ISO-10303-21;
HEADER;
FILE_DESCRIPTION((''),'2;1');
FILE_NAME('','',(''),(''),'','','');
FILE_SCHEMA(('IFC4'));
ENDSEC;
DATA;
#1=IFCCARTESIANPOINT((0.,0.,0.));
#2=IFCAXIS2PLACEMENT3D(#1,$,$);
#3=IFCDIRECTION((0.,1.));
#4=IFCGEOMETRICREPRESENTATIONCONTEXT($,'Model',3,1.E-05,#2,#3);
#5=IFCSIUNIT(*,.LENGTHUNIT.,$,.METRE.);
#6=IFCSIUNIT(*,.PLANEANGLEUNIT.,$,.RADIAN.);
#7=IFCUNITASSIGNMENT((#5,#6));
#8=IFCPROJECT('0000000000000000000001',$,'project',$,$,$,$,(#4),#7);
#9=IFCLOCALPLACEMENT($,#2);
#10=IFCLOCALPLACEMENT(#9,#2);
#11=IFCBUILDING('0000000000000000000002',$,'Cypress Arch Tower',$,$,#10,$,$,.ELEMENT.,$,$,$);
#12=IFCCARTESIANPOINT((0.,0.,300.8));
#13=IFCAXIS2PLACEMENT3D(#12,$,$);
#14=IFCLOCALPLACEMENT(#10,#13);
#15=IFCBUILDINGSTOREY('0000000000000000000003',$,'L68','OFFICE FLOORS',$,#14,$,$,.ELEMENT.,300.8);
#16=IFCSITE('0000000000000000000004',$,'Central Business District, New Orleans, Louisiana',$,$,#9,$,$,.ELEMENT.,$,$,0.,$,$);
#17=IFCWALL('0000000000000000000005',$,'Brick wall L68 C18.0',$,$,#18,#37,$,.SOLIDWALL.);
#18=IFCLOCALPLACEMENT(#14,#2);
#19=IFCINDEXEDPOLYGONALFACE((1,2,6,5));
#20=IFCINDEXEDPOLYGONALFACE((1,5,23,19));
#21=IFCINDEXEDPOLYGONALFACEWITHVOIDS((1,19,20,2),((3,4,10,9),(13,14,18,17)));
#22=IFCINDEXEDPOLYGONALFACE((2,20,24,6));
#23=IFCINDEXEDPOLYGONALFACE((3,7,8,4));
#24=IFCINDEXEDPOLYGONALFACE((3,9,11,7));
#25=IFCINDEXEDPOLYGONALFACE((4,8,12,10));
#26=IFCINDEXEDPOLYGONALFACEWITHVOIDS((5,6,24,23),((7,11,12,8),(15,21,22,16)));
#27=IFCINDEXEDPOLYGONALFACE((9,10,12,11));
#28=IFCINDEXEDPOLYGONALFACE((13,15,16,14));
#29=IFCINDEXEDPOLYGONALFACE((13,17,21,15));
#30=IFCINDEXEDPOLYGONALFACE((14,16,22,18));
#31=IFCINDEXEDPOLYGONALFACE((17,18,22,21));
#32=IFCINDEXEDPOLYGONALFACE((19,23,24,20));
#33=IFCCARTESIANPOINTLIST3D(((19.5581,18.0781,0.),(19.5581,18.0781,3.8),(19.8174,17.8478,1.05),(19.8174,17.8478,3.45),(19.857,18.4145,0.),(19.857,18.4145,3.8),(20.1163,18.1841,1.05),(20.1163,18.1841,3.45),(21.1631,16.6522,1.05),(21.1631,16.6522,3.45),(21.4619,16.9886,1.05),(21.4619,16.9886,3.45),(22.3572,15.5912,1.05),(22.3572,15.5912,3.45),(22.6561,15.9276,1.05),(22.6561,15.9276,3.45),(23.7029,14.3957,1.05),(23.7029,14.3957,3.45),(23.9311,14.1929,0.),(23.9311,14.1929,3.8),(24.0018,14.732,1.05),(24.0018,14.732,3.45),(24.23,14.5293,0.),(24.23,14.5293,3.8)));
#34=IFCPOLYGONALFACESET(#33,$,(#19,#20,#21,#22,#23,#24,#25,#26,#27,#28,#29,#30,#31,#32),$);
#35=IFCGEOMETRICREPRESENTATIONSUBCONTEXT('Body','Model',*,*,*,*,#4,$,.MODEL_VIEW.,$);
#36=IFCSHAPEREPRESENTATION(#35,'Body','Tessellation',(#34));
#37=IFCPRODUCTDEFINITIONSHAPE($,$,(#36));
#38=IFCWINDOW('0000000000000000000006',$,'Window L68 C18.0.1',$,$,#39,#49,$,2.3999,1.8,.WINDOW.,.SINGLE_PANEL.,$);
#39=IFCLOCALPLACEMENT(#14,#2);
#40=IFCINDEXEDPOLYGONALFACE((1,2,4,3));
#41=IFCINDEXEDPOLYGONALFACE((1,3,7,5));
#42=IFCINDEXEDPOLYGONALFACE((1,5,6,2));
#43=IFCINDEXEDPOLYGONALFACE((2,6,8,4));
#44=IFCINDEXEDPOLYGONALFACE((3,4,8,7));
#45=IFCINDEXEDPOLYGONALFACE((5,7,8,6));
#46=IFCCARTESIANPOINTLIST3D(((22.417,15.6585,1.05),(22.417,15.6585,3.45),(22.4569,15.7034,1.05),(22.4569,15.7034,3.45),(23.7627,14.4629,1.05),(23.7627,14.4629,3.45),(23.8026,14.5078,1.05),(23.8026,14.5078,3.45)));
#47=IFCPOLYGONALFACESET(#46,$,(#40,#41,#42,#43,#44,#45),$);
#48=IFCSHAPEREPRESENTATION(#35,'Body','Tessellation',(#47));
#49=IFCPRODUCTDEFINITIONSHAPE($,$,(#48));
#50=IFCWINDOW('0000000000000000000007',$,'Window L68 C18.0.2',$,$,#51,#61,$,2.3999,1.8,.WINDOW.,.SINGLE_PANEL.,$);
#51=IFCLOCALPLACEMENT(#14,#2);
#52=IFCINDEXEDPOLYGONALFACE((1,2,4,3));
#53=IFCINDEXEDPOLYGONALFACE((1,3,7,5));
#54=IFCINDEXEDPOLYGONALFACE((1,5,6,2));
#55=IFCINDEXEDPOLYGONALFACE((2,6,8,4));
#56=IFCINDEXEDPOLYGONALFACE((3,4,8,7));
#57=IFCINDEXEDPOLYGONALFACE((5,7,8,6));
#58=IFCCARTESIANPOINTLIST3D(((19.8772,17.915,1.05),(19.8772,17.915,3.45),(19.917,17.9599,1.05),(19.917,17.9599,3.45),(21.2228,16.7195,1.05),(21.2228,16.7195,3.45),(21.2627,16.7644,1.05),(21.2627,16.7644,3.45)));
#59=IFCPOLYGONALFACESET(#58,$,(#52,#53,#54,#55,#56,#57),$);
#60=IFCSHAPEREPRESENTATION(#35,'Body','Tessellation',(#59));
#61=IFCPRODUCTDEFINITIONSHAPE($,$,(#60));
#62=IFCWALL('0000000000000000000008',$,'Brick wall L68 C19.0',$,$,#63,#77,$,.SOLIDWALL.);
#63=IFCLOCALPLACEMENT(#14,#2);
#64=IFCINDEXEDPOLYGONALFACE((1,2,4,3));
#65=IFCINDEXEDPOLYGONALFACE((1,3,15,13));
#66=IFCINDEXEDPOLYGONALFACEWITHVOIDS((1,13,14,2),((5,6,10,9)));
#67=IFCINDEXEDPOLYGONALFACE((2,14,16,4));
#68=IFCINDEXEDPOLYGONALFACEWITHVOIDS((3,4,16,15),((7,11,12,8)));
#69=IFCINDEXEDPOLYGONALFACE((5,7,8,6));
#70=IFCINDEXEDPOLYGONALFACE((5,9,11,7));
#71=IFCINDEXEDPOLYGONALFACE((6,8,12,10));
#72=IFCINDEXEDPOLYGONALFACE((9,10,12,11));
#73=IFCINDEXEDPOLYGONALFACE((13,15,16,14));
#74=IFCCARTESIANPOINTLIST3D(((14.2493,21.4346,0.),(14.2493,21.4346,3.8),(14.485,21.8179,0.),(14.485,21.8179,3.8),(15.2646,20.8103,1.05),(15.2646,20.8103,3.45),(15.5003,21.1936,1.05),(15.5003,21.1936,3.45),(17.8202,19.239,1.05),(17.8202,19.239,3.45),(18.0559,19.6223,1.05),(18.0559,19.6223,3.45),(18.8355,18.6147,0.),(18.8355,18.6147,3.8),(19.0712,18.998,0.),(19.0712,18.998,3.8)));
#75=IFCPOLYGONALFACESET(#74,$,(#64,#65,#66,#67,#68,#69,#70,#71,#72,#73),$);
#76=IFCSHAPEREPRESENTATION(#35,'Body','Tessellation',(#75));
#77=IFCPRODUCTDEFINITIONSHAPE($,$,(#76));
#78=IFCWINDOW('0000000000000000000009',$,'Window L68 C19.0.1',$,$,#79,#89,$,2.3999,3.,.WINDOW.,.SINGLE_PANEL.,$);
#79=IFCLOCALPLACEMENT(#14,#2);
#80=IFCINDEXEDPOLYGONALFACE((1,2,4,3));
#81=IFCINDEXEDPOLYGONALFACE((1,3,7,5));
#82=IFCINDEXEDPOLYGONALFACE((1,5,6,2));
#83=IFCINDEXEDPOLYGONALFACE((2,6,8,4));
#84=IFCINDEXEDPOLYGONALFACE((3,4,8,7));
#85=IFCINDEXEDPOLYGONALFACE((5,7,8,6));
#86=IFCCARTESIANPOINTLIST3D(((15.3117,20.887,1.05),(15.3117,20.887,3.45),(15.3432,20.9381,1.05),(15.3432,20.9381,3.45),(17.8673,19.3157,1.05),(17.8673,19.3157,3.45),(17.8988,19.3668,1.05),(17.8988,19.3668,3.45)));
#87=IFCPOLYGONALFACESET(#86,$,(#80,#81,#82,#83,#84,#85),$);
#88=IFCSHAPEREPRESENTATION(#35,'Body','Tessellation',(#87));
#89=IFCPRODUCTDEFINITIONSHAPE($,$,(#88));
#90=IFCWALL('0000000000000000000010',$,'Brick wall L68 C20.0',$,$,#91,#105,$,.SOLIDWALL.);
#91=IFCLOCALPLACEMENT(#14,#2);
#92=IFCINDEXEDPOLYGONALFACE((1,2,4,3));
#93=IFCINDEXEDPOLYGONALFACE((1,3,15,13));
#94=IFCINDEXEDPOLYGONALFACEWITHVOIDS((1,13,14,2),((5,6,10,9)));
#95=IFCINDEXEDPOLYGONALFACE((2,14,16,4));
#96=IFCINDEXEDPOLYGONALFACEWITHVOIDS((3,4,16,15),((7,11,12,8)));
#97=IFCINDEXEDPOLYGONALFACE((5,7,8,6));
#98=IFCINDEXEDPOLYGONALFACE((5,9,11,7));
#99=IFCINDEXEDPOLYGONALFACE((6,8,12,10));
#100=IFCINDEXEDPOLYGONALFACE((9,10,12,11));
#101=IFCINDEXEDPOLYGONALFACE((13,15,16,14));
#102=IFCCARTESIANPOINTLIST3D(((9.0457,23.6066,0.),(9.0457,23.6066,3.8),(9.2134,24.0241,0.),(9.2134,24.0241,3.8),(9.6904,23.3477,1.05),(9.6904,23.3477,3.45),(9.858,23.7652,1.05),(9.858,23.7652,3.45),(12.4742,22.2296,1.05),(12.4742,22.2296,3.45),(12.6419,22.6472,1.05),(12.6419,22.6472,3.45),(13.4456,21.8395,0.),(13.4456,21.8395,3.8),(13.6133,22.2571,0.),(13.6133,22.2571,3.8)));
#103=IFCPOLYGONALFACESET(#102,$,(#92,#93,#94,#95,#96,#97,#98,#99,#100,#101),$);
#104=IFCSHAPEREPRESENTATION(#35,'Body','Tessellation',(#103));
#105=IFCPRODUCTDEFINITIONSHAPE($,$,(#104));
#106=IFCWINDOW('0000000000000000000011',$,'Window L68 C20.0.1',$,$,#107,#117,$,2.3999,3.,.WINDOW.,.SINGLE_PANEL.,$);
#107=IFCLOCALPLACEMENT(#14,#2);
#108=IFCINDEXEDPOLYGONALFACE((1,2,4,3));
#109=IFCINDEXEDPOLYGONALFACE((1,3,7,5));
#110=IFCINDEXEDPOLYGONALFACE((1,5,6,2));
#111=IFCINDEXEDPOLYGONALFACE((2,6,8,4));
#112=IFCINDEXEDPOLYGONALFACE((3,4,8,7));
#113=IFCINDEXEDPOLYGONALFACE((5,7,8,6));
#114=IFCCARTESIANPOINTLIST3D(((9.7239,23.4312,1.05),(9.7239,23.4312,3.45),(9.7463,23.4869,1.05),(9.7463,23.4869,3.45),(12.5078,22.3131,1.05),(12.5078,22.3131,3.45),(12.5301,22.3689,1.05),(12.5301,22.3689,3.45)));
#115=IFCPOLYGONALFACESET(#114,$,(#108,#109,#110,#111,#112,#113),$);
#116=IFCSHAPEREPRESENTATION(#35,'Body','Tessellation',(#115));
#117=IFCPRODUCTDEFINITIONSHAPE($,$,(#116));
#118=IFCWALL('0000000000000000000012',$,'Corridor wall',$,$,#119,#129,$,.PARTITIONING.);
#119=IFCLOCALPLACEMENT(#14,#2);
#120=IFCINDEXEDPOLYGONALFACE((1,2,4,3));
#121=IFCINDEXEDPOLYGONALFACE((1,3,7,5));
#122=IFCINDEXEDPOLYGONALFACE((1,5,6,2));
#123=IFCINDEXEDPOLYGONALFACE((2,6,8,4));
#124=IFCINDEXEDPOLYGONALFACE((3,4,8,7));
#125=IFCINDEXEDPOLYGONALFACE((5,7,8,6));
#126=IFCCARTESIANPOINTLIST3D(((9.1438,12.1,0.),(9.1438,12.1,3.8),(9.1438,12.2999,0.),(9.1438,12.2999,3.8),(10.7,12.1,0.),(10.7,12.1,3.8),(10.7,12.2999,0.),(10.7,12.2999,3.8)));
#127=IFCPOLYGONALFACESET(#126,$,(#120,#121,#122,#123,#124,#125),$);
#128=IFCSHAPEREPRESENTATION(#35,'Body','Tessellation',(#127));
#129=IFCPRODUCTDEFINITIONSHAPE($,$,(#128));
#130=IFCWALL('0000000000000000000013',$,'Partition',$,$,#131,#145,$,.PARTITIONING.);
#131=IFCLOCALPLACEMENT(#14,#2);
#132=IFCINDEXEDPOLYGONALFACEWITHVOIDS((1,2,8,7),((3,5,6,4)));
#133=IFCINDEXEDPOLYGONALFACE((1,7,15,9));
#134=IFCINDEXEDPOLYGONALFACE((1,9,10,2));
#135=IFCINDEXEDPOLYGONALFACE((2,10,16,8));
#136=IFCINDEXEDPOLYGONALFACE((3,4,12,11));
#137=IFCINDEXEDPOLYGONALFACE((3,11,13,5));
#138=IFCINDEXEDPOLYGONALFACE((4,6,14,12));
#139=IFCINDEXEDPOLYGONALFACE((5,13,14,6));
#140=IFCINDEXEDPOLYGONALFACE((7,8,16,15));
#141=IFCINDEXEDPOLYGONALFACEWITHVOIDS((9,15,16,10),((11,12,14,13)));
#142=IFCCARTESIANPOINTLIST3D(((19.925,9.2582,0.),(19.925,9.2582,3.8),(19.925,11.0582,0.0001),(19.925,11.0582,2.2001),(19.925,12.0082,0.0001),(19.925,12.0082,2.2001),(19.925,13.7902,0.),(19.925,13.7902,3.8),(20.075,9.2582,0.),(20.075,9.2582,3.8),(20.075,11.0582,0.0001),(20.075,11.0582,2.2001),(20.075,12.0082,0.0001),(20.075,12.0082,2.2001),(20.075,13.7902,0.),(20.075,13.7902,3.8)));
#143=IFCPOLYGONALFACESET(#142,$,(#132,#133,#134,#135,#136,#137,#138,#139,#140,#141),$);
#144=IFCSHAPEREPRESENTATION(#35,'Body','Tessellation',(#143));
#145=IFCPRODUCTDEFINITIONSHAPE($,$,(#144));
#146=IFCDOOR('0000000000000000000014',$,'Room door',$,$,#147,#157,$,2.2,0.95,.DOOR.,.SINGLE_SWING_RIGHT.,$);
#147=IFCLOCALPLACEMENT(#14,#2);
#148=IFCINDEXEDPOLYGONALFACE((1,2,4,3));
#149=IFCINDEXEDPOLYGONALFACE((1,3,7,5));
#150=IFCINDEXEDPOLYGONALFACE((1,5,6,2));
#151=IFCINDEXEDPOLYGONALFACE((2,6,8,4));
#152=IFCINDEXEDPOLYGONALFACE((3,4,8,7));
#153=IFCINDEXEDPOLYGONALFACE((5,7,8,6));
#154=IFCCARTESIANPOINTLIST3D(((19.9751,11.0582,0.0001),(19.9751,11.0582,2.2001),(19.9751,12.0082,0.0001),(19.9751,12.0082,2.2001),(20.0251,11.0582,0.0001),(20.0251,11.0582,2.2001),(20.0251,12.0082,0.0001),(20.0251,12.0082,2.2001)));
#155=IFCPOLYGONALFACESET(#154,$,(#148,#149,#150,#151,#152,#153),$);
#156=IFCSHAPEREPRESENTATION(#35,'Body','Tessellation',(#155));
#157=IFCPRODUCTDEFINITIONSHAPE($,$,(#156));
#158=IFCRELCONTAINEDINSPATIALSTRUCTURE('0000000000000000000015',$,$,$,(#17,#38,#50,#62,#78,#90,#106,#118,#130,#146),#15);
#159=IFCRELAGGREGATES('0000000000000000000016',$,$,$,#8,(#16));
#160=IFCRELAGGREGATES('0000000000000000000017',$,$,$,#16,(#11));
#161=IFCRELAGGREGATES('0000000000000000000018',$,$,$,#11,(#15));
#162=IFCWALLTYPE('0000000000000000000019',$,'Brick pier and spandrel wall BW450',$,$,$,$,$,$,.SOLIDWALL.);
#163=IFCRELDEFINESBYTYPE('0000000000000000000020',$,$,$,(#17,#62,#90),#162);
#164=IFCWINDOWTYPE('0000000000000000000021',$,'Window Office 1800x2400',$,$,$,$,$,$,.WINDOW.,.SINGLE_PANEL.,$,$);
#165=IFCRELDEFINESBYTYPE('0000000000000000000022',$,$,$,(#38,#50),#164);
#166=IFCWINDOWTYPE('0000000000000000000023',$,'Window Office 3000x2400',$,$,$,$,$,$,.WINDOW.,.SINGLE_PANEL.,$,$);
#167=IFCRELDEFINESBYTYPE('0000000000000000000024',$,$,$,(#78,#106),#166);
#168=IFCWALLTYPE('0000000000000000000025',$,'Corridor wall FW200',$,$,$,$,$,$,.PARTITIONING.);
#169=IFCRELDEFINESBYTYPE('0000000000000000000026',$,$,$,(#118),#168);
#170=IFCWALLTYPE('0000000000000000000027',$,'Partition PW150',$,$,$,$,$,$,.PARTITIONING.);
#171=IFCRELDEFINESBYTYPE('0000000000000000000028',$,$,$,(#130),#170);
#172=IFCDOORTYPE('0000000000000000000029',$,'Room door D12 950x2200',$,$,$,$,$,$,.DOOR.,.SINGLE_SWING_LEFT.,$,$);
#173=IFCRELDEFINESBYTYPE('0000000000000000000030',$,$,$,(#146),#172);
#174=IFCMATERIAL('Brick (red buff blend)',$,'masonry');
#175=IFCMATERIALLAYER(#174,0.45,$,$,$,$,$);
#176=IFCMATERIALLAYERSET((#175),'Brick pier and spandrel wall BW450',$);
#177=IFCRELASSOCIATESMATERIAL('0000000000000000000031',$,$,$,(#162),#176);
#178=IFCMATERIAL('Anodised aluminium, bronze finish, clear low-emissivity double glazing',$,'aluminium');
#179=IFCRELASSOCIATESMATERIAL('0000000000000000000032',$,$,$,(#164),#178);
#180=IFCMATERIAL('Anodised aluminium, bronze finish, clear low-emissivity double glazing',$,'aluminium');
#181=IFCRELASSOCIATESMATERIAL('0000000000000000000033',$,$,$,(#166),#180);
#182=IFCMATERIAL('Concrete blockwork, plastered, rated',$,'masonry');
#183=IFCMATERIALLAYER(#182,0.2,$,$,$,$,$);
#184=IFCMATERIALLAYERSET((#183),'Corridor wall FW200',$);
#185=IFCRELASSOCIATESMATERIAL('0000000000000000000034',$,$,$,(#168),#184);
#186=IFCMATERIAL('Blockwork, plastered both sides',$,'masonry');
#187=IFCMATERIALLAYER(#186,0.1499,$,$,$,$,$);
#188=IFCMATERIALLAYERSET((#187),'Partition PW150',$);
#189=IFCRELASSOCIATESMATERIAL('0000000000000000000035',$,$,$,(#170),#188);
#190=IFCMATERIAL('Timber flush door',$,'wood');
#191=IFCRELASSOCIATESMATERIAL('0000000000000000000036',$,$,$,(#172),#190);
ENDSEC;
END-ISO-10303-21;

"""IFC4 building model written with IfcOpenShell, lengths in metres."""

from ifc_helpers import new_model, si_unit, direction, frame, frame_2d, origin, place, context, subcontext, project, spatial, rectangle, extrude, material, layer, layer_set, type_object, element, fill, save


model = new_model("IFC4")

# Units and contexts
model_context = context("Model", 3, precision=1e-05, world=origin(), true_north=direction((0.0, 1.0)))
body_context = subcontext(model_context, "Body", "Model", "MODEL_VIEW")
ifc_project = project(units=[si_unit("LENGTHUNIT", "METRE"), si_unit("PLANEANGLEUNIT", "RADIAN")], contexts=[model_context])

# Site, building, storey
site_placement = place(None, origin())
site = spatial("IfcSite", under=ifc_project, at=site_placement, Name="Central Business District, New Orleans, Louisiana", CompositionType="ELEMENT", RefElevation=0.0)
building_placement = place(site_placement, origin())
building = spatial("IfcBuilding", under=site, at=building_placement, Name="Cypress Arch Tower", CompositionType="ELEMENT")
storey_placement = place(building_placement, frame((0.0, 0.0, 300.8)))
storey = spatial("IfcBuildingStorey", under=building, at=storey_placement, Name="L68", Description="OFFICE FLOORS", CompositionType="ELEMENT", Elevation=300.8)

# Wall, openings, windows
ifc_material_1 = material(Name="Brick (red buff blend)", Category="masonry")
ifc_layer_1 = layer(ifc_material_1, 0.45)
ifc_layer_set_1 = layer_set([ifc_layer_1], Name="Brick pier and spandrel wall BW450")
wall_type_1 = type_object("IfcWallType", Name="Brick pier and spandrel wall BW450", PredefinedType="SOLIDWALL", material=ifc_layer_set_1)
wall_1_placement = place(storey_placement, frame((24.0806, 14.3611, 0.0), z_axis=(0.0, 0.0, 1.0), x_axis=(-0.74757, 0.664182, 0.0)))
wall_1 = element("IfcWall", 1, at=wall_1_placement, inside=storey, type_object=wall_type_1, Name="Brick wall L68 C18.0", PredefinedType="SOLIDWALL", context=body_context, shape_type="SweptSolid", body=[
    extrude(rectangle(XDim=5.8496, YDim=0.45, at=frame_2d((2.9248, 0.0))), origin(), (0.0, 0.0, 1.0), 3.8),
])
opening_1_placement = place(wall_1_placement, frame((0.3054, 0.0, 1.05)))
opening_1 = element("IfcOpeningElement", 2, at=opening_1_placement, cuts=wall_1, PredefinedType="OPENING", context=body_context, shape_type="SweptSolid", body=[
    extrude(rectangle(XDim=1.8, YDim=2.3999, at=frame_2d((0.8999, 1.2))), frame((0.0, 0.2349, 0.0), z_axis=(0.0, -1.0, 0.0), x_axis=(1.0, 0.0, 0.0)), (0.0, 0.0, 1.0), 0.47),
])
opening_2_placement = place(wall_1_placement, frame((3.7029, 0.0, 1.05)))
opening_2 = element("IfcOpeningElement", 3, at=opening_2_placement, cuts=wall_1, PredefinedType="OPENING", context=body_context, shape_type="SweptSolid", body=[
    extrude(rectangle(XDim=1.8, YDim=2.3999, at=frame_2d((0.8999, 1.2))), frame((0.0, 0.2349, 0.0), z_axis=(0.0, -1.0, 0.0), x_axis=(1.0, 0.0, 0.0)), (0.0, 0.0, 1.0), 0.47),
])
ifc_material_2 = material(Name="Anodised aluminium, bronze finish, clear low-emissivity double glazing", Category="aluminium")
window_type_1 = type_object("IfcWindowType", Name="Window Office 1800x2400", PartitioningType="SINGLE_PANEL", PredefinedType="WINDOW", material=ifc_material_2)
window_1_placement = place(opening_1_placement, origin())
window_1 = element("IfcWindow", 4, at=window_1_placement, inside=storey, type_object=window_type_1, Name="Window L68 C18.0.1", OverallHeight=2.3999, OverallWidth=1.8, PartitioningType="SINGLE_PANEL", PredefinedType="WINDOW", context=body_context, shape_type="SweptSolid", body=[
    extrude(rectangle(XDim=1.8, YDim=2.3999, at=frame_2d((0.8999, 1.2))), frame((0.0, 0.135, 0.0), z_axis=(0.0, -1.0, 0.0), x_axis=(1.0, 0.0, 0.0)), (0.0, 0.0, 1.0), 0.0601),
])
fill(opening_1, window_1)
window_2_placement = place(opening_2_placement, origin())
window_2 = element("IfcWindow", 5, at=window_2_placement, inside=storey, type_object=window_type_1, Name="Window L68 C18.0.2", OverallHeight=2.3999, OverallWidth=1.8, PartitioningType="SINGLE_PANEL", PredefinedType="WINDOW", context=body_context, shape_type="SweptSolid", body=[
    extrude(rectangle(XDim=1.8, YDim=2.3999, at=frame_2d((0.8999, 1.2))), frame((0.0, 0.135, 0.0), z_axis=(0.0, -1.0, 0.0), x_axis=(1.0, 0.0, 0.0)), (0.0, 0.0, 1.0), 0.0601),
])
fill(opening_2, window_2)

# Walls, openings, windows
wall_2_placement = place(storey_placement, frame((18.9534, 18.8064, 0.0), z_axis=(0.0, 0.0, 1.0), x_axis=(-0.851861, 0.523768, 0.0)))
wall_2 = element("IfcWall", 6, at=wall_2_placement, inside=storey, type_object=wall_type_1, Name="Brick wall L68 C19.0", PredefinedType="SOLIDWALL", context=body_context, shape_type="SweptSolid", body=[
    extrude(rectangle(XDim=5.3838, YDim=0.45, at=frame_2d((2.6919, 0.0))), origin(), (0.0, 0.0, 1.0), 3.8),
])
opening_3_placement = place(wall_2_placement, frame((1.1919, 0.0, 1.05)))
opening_3 = element("IfcOpeningElement", 7, at=opening_3_placement, cuts=wall_2, PredefinedType="OPENING", context=body_context, shape_type="SweptSolid", body=[
    extrude(rectangle(XDim=3.0, YDim=2.3999, at=frame_2d((1.5, 1.2))), frame((0.0, 0.2349, 0.0), z_axis=(0.0, -1.0, 0.0), x_axis=(1.0, 0.0, 0.0)), (0.0, 0.0, 1.0), 0.47),
])
ifc_material_3 = material(Name="Anodised aluminium, bronze finish, clear low-emissivity double glazing", Category="aluminium")
window_type_2 = type_object("IfcWindowType", Name="Window Office 3000x2400", PartitioningType="SINGLE_PANEL", PredefinedType="WINDOW", material=ifc_material_3)
window_3_placement = place(opening_3_placement, origin())
window_3 = element("IfcWindow", 8, at=window_3_placement, inside=storey, type_object=window_type_2, Name="Window L68 C19.0.1", OverallHeight=2.3999, OverallWidth=3.0, PartitioningType="SINGLE_PANEL", PredefinedType="WINDOW", context=body_context, shape_type="SweptSolid", body=[
    extrude(rectangle(XDim=3.0, YDim=2.3999, at=frame_2d((1.5, 1.2))), frame((0.0, 0.135, 0.0), z_axis=(0.0, -1.0, 0.0), x_axis=(1.0, 0.0, 0.0)), (0.0, 0.0, 1.0), 0.0601),
])
fill(opening_3, window_3)
wall_3_placement = place(storey_placement, frame((13.5293, 22.0483, 0.0), z_axis=(0.0, 0.0, 1.0), x_axis=(-0.927957, 0.372686, 0.0)))
wall_3 = element("IfcWall", 9, at=wall_3_placement, inside=storey, type_object=wall_type_1, Name="Brick wall L68 C20.0", PredefinedType="SOLIDWALL", context=body_context, shape_type="SweptSolid", body=[
    extrude(rectangle(XDim=4.7415, YDim=0.45, at=frame_2d((2.3706, 0.0))), origin(), (0.0, 0.0, 1.0), 3.8),
])
opening_4_placement = place(wall_3_placement, frame((1.0466, 0.0, 1.05)))
opening_4 = element("IfcOpeningElement", 10, at=opening_4_placement, cuts=wall_3, PredefinedType="OPENING", context=body_context, shape_type="SweptSolid", body=[
    extrude(rectangle(XDim=3.0, YDim=2.3999, at=frame_2d((1.5, 1.2))), frame((0.0, 0.2349, 0.0), z_axis=(0.0, -1.0, 0.0), x_axis=(1.0, 0.0, 0.0)), (0.0, 0.0, 1.0), 0.47),
])
window_4_placement = place(opening_4_placement, origin())
window_4 = element("IfcWindow", 11, at=window_4_placement, inside=storey, type_object=window_type_2, Name="Window L68 C20.0.1", OverallHeight=2.3999, OverallWidth=3.0, PartitioningType="SINGLE_PANEL", PredefinedType="WINDOW", context=body_context, shape_type="SweptSolid", body=[
    extrude(rectangle(XDim=3.0, YDim=2.3999, at=frame_2d((1.5, 1.2))), frame((0.0, 0.135, 0.0), z_axis=(0.0, -1.0, 0.0), x_axis=(1.0, 0.0, 0.0)), (0.0, 0.0, 1.0), 0.0601),
])
fill(opening_4, window_4)

# Wall
ifc_material_4 = material(Name="Concrete blockwork, plastered, rated", Category="masonry")
ifc_layer_2 = layer(ifc_material_4, 0.2)
ifc_layer_set_2 = layer_set([ifc_layer_2], Name="Corridor wall FW200")
wall_type_2 = type_object("IfcWallType", Name="Corridor wall FW200", PredefinedType="PARTITIONING", material=ifc_layer_set_2)
wall_4_placement = place(storey_placement, frame((9.1438, 12.2, 0.0), z_axis=(0.0, 0.0, 1.0), x_axis=(1.0, 0.0, 0.0)))
element("IfcWall", 12, at=wall_4_placement, inside=storey, type_object=wall_type_2, Name="Corridor wall", PredefinedType="PARTITIONING", context=body_context, shape_type="SweptSolid", body=[
    extrude(rectangle(XDim=1.5562, YDim=0.2, at=frame_2d((0.7781, 0.0))), origin(), (0.0, 0.0, 1.0), 3.8),
])

# Wall, opening, door
ifc_material_5 = material(Name="Blockwork, plastered both sides", Category="masonry")
ifc_layer_3 = layer(ifc_material_5, 0.1499)
ifc_layer_set_3 = layer_set([ifc_layer_3], Name="Partition PW150")
wall_type_3 = type_object("IfcWallType", Name="Partition PW150", PredefinedType="PARTITIONING", material=ifc_layer_set_3)
wall_5_placement = place(storey_placement, frame((20.0, 9.2581, 0.0), z_axis=(0.0, 0.0, 1.0), x_axis=(0.0, 1.0, 0.0)))
wall_5 = element("IfcWall", 13, at=wall_5_placement, inside=storey, type_object=wall_type_3, Name="Partition", PredefinedType="PARTITIONING", context=body_context, shape_type="SweptSolid", body=[
    extrude(rectangle(XDim=4.532, YDim=0.1499, at=frame_2d((2.2661, 0.0))), origin(), (0.0, 0.0, 1.0), 3.8),
])
opening_5_placement = place(wall_5_placement, frame((1.8, 0.0, 0.0)))
opening_5 = element("IfcOpeningElement", 14, at=opening_5_placement, cuts=wall_5, PredefinedType="OPENING", context=body_context, shape_type="SweptSolid", body=[
    extrude(rectangle(XDim=0.95, YDim=2.2, at=frame_2d((0.4751, 1.1001))), frame((0.0, 0.085, 0.0), z_axis=(0.0, -1.0, 0.0), x_axis=(1.0, 0.0, 0.0)), (0.0, 0.0, 1.0), 0.1699),
])
ifc_material_6 = material(Name="Timber flush door", Category="wood")
door_type = type_object("IfcDoorType", Name="Room door D12 950x2200", OperationType="SINGLE_SWING_LEFT", PredefinedType="DOOR", material=ifc_material_6)
door_placement = place(opening_5_placement, origin())
door = element("IfcDoor", 15, at=door_placement, inside=storey, type_object=door_type, Name="Room door", OperationType="SINGLE_SWING_RIGHT", OverallHeight=2.2, OverallWidth=0.95, PredefinedType="DOOR", context=body_context, shape_type="SweptSolid", body=[
    extrude(rectangle(XDim=0.95, YDim=2.2, at=frame_2d((0.4751, 1.1001))), frame((0.0, 0.0249, 0.0), z_axis=(0.0, -1.0, 0.0), x_axis=(1.0, 0.0, 0.0)), (0.0, 0.0, 1.0), 0.05),
])
fill(opening_5, door)

save(model, "model.ifc")
